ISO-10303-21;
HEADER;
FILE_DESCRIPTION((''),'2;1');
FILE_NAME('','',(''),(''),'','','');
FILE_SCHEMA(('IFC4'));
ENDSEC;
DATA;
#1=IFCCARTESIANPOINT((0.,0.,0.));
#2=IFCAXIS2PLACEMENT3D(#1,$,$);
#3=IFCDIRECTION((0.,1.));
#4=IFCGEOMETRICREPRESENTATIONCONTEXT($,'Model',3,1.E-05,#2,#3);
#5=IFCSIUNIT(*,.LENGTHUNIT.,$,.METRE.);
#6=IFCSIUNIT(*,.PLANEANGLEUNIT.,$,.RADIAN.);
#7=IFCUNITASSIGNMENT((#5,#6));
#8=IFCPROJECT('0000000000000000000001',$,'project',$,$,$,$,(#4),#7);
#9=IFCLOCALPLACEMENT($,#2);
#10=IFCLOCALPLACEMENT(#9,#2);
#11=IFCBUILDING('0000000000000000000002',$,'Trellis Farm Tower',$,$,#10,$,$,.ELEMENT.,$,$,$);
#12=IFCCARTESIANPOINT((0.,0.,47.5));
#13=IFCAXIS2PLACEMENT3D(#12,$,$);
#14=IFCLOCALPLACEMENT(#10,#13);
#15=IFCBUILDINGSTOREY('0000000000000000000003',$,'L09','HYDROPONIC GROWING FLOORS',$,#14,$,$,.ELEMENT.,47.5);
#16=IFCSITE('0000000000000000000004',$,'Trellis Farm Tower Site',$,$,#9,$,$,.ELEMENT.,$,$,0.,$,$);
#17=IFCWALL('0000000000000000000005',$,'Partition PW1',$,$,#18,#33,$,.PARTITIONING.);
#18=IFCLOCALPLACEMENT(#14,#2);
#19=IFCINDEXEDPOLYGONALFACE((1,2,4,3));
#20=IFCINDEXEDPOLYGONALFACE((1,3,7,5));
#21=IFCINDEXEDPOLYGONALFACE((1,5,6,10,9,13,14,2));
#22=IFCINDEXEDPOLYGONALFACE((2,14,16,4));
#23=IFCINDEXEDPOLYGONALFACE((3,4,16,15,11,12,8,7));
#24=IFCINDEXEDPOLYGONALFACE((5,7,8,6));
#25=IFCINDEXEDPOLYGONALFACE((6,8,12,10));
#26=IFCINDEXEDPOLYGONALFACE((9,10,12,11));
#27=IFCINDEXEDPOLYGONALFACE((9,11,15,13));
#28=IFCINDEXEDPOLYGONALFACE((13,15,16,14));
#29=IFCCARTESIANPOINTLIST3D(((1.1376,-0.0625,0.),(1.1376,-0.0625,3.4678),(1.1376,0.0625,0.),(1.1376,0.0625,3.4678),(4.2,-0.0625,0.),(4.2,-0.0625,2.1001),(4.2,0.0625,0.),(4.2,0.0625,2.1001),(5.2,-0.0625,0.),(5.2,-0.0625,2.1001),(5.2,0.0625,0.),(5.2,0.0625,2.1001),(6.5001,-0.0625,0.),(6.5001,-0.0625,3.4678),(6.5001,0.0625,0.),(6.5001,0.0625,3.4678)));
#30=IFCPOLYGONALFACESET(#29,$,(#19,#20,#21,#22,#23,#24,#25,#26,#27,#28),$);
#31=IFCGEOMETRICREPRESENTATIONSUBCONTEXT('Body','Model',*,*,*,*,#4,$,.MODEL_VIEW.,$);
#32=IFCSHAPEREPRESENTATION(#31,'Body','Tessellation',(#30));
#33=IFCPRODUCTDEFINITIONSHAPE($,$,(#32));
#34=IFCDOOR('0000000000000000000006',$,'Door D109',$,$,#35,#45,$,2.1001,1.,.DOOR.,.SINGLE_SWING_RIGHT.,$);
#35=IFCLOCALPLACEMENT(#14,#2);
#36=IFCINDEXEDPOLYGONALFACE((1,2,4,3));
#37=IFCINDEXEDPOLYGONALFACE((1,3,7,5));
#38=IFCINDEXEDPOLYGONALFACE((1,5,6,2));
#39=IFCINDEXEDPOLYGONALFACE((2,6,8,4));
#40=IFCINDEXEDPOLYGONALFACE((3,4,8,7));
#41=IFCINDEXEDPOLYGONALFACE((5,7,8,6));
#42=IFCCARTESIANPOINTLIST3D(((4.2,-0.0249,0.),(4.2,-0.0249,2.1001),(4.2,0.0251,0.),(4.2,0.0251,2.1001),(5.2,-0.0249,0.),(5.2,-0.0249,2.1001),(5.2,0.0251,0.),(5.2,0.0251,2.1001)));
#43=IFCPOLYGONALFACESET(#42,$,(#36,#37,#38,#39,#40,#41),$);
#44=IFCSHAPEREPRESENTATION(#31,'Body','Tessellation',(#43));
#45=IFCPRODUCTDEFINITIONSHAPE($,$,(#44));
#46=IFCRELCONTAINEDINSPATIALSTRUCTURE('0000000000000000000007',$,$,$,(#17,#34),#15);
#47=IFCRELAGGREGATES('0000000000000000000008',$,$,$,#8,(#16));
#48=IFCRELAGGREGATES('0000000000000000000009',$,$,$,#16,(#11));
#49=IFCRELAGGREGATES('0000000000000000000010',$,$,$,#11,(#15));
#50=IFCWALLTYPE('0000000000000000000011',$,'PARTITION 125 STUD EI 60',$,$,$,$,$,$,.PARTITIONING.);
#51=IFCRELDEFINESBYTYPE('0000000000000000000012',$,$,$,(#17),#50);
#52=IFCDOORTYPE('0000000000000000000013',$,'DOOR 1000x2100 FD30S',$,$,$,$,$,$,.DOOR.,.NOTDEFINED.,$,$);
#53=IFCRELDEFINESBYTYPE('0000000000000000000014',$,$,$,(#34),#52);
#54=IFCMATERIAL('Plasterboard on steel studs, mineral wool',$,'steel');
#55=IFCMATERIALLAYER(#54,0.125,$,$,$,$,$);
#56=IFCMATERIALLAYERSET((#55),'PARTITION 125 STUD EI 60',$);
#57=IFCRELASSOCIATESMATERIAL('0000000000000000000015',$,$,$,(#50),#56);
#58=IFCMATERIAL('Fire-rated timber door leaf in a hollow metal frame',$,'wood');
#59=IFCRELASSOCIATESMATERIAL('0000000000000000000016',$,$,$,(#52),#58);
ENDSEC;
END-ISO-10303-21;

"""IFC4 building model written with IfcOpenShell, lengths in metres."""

from ifc_helpers import new_model, si_unit, direction, frame, frame_2d, origin, place, context, subcontext, project, spatial, rectangle, extrude, source, transform, mapped, material, layer, layer_set, type_object, element, fill, save


model = new_model("IFC4")

# Units and contexts
model_context = context("Model", 3, precision=1e-05, world=origin(), true_north=direction((0.0, 1.0)))
body_context = subcontext(model_context, "Body", "Model", "MODEL_VIEW")
ifc_project = project(units=[si_unit("LENGTHUNIT", "METRE"), si_unit("PLANEANGLEUNIT", "RADIAN")], contexts=[model_context])

# Site, building, storey
site_placement = place(None, origin())
site = spatial("IfcSite", under=ifc_project, at=site_placement, Name="Trellis Farm Tower Site", CompositionType="ELEMENT", RefElevation=0.0)
building_placement = place(site_placement, origin())
building = spatial("IfcBuilding", under=site, at=building_placement, Name="Trellis Farm Tower", CompositionType="ELEMENT")
storey_placement = place(building_placement, frame((0.0, 0.0, 47.5)))
storey = spatial("IfcBuildingStorey", under=building, at=storey_placement, Name="L09", Description="HYDROPONIC GROWING FLOORS", CompositionType="ELEMENT", Elevation=47.5)

# Wall, opening, door
ifc_material_1 = material(Name="Plasterboard on steel studs, mineral wool", Category="steel")
ifc_layer_1 = layer(ifc_material_1, 0.125)
ifc_layer_set_1 = layer_set([ifc_layer_1], Name="PARTITION 125 STUD EI 60")
wall_type_1 = type_object("IfcWallType", Name="PARTITION 125 STUD EI 60", PredefinedType="PARTITIONING", material=ifc_layer_set_1)
shared_shape_1 = source(origin(), body_context, "Body", "SweptSolid", [
    extrude(rectangle(XDim=5.3625, YDim=0.125, at=frame_2d((2.6812, 0.0))), origin(), (0.0, 0.0, 1.0), 3.4678),
])
wall_1_placement = place(storey_placement, frame((6.5, 0.0, 0.0), z_axis=(0.0, 0.0, 1.0), x_axis=(-1.0, 0.0, 0.0)))
wall_1 = element("IfcWall", 1, at=wall_1_placement, inside=storey, type_object=wall_type_1, Name="Partition PW1", PredefinedType="PARTITIONING", context=body_context, shape_type="MappedRepresentation", body=[
    mapped(shared_shape_1, transform((0.0, 0.0, 0.0))),
])
shared_shape_2 = source(origin(), body_context, "Body", "SweptSolid", [
    extrude(rectangle(XDim=1.0, YDim=2.1001, at=frame_2d((0.5, 1.05))), frame((0.0, 0.0725, 0.0), z_axis=(0.0, -1.0, 0.0), x_axis=(1.0, 0.0, 0.0)), (0.0, 0.0, 1.0), 0.145),
])
opening_1_placement = place(wall_1_placement, frame((1.3, 0.0, 0.0)))
opening_1 = element("IfcOpeningElement", 2, at=opening_1_placement, cuts=wall_1, PredefinedType="OPENING", context=body_context, shape_type="MappedRepresentation", body=[
    mapped(shared_shape_2, transform((0.0, 0.0, 0.0))),
])
ifc_material_2 = material(Name="Fire-rated timber door leaf in a hollow metal frame", Category="wood")
door_type_1 = type_object("IfcDoorType", Name="DOOR 1000x2100 FD30S", OperationType="NOTDEFINED", PredefinedType="DOOR", material=ifc_material_2)
shared_shape_3 = source(origin(), body_context, "Body", "SweptSolid", [
    extrude(rectangle(XDim=1.0, YDim=2.1001, at=frame_2d((0.5, 1.05))), frame((0.0, 0.0249, 0.0), z_axis=(0.0, -1.0, 0.0), x_axis=(1.0, 0.0, 0.0)), (0.0, 0.0, 1.0), 0.05),
])
door_1_placement = place(opening_1_placement, origin())
door_1 = element("IfcDoor", 3, at=door_1_placement, inside=storey, type_object=door_type_1, Name="Door D109", OperationType="SINGLE_SWING_RIGHT", OverallHeight=2.1001, OverallWidth=1.0, PredefinedType="DOOR", context=body_context, shape_type="MappedRepresentation", body=[
    mapped(shared_shape_3, transform((0.0, 0.0, 0.0))),
])
fill(opening_1, door_1)

save(model, "model.ifc")
